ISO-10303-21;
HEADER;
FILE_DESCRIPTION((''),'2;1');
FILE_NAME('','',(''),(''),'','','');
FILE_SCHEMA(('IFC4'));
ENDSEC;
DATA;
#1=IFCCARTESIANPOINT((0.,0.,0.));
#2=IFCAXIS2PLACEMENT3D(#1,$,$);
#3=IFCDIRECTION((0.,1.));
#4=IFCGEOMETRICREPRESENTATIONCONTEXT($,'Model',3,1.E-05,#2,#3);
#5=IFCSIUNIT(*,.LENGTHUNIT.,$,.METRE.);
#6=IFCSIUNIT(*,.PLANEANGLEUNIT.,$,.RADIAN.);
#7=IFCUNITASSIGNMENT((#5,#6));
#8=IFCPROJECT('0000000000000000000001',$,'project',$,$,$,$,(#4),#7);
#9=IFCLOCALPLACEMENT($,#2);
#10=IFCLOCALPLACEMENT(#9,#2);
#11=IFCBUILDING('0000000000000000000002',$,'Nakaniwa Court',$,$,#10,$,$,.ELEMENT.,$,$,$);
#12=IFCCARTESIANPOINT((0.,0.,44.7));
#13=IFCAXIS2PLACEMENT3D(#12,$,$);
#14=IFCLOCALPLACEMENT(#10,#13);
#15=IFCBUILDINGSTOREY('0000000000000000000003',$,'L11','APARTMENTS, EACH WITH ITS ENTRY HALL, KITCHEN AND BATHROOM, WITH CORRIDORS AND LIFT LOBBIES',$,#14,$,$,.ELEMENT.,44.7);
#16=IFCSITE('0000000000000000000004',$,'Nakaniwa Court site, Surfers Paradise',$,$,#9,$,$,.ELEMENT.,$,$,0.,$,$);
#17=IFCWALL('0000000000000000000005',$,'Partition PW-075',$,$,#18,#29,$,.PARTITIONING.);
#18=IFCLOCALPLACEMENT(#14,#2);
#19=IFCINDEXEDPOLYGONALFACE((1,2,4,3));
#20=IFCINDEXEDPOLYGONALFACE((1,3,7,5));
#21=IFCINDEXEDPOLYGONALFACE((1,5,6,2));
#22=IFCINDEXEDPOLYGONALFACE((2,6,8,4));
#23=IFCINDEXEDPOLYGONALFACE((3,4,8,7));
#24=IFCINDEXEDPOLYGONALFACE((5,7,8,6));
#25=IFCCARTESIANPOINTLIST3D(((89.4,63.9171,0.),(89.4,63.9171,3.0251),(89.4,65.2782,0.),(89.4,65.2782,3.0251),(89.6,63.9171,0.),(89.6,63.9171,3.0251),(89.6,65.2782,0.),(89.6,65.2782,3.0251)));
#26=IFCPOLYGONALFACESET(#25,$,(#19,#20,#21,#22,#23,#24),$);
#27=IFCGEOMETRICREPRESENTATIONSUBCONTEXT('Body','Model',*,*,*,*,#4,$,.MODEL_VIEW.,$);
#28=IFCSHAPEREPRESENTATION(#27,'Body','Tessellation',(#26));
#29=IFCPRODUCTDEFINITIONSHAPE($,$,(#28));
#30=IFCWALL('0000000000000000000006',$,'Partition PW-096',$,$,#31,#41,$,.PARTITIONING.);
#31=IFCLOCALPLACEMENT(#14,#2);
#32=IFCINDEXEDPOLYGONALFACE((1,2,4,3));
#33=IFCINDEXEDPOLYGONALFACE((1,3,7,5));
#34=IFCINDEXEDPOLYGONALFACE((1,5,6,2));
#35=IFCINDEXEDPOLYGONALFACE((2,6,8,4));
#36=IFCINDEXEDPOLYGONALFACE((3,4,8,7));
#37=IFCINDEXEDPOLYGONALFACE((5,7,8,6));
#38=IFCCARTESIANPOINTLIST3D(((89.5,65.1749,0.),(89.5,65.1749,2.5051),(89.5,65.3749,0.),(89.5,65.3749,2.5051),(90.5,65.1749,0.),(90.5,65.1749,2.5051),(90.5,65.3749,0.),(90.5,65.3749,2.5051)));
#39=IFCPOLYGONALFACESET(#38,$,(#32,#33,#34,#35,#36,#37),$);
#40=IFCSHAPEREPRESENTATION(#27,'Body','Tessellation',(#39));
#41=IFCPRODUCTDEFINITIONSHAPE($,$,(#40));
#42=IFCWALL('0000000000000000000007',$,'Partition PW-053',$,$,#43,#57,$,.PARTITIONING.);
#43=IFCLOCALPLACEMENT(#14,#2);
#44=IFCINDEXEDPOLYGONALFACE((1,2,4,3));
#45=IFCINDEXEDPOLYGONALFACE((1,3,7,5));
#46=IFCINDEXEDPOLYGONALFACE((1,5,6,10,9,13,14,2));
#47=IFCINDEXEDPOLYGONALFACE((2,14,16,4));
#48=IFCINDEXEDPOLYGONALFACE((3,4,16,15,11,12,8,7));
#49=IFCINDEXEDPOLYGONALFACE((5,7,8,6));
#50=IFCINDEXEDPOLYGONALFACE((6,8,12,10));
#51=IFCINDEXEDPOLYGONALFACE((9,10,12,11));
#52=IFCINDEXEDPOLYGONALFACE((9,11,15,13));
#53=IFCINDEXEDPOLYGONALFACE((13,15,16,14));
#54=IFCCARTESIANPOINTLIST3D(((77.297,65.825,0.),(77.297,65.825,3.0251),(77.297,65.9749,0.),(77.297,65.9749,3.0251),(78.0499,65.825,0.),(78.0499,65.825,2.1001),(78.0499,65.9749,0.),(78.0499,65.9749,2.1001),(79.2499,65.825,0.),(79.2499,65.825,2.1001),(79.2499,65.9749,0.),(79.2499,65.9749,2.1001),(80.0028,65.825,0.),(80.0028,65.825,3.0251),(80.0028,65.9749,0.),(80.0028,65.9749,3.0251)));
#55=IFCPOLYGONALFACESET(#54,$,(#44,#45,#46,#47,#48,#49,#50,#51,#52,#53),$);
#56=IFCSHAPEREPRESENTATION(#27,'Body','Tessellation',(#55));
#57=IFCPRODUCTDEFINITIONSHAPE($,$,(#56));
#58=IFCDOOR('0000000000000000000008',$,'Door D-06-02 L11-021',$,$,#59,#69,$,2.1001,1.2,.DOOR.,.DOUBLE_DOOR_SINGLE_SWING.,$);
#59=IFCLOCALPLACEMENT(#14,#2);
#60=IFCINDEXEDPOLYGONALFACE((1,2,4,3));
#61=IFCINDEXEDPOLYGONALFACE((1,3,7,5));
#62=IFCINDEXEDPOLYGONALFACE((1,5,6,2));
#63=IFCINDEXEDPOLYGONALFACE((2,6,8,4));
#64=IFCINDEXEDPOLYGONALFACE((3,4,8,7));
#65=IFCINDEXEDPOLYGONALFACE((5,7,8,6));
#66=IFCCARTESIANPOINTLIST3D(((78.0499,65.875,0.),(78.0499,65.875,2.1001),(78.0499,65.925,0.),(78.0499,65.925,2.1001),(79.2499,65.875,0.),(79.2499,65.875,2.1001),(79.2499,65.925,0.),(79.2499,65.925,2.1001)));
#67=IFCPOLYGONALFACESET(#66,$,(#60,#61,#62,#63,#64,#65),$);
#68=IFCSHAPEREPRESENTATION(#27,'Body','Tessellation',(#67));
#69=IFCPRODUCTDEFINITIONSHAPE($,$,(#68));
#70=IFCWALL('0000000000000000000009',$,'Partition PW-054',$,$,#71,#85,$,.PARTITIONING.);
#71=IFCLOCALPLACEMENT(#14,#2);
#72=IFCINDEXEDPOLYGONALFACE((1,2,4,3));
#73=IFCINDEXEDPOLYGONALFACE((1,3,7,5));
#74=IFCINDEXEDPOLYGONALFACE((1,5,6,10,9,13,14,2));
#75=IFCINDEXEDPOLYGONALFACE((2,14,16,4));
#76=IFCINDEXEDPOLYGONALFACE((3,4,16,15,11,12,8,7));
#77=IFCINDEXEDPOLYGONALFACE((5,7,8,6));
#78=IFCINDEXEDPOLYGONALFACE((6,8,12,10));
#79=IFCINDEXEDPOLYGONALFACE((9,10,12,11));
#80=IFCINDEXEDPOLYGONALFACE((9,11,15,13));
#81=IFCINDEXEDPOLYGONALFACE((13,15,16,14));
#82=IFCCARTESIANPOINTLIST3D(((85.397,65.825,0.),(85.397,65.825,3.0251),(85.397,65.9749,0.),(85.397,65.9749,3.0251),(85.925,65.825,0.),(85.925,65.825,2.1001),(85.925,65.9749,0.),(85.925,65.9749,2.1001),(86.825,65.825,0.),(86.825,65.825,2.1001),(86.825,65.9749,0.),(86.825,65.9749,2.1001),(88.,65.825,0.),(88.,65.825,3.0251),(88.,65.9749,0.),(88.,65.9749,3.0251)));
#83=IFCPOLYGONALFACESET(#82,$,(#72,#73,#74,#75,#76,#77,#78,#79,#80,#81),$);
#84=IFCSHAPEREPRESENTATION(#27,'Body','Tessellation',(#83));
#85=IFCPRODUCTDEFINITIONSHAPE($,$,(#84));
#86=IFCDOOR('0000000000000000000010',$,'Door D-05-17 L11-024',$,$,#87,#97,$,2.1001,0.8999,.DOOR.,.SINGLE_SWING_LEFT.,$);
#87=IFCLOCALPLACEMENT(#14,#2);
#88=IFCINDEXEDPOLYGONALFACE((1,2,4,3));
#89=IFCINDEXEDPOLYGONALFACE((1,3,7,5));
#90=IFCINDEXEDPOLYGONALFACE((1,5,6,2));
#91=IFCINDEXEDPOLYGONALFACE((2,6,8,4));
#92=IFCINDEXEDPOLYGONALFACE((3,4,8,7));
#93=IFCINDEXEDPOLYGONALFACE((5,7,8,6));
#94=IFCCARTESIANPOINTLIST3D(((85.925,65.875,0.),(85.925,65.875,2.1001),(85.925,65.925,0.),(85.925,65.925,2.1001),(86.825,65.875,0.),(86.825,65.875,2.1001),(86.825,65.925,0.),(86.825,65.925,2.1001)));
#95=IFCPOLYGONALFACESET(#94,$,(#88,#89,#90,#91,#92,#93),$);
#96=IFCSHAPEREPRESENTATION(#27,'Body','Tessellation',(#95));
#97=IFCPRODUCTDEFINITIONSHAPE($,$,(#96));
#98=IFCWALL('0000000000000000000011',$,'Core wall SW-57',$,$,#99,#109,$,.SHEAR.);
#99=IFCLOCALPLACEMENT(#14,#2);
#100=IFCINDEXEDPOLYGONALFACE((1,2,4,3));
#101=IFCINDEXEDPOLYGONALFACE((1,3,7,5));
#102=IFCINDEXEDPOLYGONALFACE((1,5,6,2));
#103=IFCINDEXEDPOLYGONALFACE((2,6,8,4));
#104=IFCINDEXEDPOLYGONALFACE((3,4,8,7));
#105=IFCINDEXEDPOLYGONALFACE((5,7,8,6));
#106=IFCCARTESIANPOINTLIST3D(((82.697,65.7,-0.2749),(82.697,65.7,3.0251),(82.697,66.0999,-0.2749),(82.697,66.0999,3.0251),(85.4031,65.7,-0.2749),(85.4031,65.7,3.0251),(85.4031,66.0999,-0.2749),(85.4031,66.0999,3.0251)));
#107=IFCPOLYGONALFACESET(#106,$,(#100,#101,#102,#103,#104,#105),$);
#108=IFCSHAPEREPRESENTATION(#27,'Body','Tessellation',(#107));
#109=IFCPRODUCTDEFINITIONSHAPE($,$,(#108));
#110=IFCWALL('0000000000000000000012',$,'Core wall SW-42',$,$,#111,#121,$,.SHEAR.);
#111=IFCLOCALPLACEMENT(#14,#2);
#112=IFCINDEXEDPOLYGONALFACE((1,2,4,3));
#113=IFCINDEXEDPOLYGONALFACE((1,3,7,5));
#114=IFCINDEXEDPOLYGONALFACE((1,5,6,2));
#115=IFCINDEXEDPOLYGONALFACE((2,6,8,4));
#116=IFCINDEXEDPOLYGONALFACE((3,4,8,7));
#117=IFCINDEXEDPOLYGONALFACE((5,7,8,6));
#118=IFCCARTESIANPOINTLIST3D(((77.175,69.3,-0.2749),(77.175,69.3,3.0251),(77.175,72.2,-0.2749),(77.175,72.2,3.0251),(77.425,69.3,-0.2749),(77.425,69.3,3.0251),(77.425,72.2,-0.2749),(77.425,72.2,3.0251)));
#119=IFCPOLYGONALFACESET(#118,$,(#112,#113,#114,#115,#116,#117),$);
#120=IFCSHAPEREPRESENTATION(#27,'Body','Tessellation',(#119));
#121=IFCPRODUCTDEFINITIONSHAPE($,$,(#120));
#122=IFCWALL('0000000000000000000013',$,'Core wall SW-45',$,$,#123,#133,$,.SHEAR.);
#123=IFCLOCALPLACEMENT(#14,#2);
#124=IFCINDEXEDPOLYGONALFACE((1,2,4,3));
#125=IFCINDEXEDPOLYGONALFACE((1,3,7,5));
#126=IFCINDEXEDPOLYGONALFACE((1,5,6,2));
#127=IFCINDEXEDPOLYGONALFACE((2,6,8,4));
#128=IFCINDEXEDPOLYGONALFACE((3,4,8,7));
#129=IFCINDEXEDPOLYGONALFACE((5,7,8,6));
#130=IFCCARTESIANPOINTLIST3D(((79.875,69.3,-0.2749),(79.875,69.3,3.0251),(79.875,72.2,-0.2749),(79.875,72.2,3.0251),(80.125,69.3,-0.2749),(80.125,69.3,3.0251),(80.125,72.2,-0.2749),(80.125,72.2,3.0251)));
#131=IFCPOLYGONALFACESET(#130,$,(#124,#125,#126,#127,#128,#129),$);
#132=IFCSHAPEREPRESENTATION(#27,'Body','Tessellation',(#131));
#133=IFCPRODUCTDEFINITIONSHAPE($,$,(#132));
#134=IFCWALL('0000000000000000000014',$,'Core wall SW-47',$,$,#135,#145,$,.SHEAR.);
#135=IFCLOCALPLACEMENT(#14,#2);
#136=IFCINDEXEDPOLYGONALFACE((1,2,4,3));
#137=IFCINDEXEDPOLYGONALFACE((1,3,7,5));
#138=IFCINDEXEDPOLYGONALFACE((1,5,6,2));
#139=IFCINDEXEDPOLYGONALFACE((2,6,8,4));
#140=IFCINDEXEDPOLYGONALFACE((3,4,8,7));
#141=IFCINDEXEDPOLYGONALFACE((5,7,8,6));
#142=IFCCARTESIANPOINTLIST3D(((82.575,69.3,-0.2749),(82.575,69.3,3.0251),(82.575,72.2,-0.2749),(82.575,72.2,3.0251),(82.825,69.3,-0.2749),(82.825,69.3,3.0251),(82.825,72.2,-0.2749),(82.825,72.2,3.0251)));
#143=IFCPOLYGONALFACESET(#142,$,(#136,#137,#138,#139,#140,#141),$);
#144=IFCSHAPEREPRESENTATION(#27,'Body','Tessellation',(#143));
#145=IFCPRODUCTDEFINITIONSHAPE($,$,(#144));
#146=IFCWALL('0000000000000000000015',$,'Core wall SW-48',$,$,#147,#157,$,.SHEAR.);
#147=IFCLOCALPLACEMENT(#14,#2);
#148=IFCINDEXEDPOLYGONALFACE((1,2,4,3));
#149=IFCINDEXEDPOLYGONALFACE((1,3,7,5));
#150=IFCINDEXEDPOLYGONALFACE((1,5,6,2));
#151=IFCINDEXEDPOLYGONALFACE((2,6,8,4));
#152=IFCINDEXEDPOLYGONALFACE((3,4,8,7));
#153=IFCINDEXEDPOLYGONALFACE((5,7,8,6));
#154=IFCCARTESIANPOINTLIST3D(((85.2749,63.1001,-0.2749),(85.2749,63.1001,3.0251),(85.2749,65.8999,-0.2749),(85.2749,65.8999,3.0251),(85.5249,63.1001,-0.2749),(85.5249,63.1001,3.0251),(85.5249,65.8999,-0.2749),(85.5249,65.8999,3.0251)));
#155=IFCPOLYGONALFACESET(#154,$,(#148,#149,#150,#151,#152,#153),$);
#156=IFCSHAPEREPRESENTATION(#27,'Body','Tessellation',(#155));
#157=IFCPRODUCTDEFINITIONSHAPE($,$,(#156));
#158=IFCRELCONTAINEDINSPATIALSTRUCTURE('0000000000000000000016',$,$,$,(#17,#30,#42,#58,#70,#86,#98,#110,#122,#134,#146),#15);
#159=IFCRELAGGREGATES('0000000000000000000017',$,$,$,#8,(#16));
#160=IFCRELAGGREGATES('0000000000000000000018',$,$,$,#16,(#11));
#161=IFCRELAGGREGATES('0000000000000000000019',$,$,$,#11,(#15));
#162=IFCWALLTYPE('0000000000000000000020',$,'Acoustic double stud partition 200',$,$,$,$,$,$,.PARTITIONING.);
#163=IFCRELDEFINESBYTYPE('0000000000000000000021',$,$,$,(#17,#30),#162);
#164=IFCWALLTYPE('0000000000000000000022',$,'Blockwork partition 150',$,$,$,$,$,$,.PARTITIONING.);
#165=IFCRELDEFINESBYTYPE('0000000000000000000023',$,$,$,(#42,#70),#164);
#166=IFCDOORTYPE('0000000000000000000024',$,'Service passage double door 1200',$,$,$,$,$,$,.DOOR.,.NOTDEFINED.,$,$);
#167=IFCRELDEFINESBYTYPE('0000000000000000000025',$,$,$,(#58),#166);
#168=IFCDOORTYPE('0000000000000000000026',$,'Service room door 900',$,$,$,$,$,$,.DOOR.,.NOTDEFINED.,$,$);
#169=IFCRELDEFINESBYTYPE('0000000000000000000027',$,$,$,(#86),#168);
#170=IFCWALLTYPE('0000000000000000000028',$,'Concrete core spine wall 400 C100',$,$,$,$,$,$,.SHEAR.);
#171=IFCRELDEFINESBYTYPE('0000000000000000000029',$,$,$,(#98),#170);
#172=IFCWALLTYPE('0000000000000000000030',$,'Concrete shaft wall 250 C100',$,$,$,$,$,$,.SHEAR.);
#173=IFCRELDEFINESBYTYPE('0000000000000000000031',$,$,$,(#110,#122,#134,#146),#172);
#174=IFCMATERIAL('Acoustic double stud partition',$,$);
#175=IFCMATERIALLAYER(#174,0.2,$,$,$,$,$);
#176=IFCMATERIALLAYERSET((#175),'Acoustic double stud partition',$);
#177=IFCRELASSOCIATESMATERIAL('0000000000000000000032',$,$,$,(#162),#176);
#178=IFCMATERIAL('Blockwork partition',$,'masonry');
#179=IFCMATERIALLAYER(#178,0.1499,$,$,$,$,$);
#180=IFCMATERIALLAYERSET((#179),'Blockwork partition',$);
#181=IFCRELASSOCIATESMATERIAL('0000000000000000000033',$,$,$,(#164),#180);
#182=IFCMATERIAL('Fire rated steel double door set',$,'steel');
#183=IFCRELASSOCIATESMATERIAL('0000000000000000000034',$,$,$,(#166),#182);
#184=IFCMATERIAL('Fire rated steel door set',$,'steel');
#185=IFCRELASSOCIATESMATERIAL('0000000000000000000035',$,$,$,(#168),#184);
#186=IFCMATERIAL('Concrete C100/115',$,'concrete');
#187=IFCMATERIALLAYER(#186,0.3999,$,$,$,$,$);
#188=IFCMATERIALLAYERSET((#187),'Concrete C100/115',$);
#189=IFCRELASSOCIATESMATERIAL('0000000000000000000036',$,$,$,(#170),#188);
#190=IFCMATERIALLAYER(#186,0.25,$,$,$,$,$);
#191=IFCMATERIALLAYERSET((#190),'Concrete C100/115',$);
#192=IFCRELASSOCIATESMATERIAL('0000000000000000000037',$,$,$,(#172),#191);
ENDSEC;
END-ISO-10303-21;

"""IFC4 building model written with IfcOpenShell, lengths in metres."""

from ifc_helpers import new_model, si_unit, direction, frame, frame_2d, origin, place, context, subcontext, project, spatial, rectangle, extrude, material, layer, layer_set, type_object, element, fill, save


model = new_model("IFC4")

# Units and contexts
model_context = context("Model", 3, precision=1e-05, world=origin(), true_north=direction((0.0, 1.0)))
body_context = subcontext(model_context, "Body", "Model", "MODEL_VIEW")
ifc_project = project(units=[si_unit("LENGTHUNIT", "METRE"), si_unit("PLANEANGLEUNIT", "RADIAN")], contexts=[model_context])

# Site, building, storey
site_placement = place(None, origin())
site = spatial("IfcSite", under=ifc_project, at=site_placement, Name="Nakaniwa Court site, Surfers Paradise", CompositionType="ELEMENT", RefElevation=0.0)
building_placement = place(site_placement, origin())
building = spatial("IfcBuilding", under=site, at=building_placement, Name="Nakaniwa Court", CompositionType="ELEMENT")
storey_placement = place(building_placement, frame((0.0, 0.0, 44.7)))
storey = spatial("IfcBuildingStorey", under=building, at=storey_placement, Name="L11", Description="APARTMENTS, EACH WITH ITS ENTRY HALL, KITCHEN AND BATHROOM, WITH CORRIDORS AND LIFT LOBBIES", CompositionType="ELEMENT", Elevation=44.7)

# Walls
ifc_material_1 = material(Name="Acoustic double stud partition")
ifc_layer_1 = layer(ifc_material_1, 0.2)
ifc_layer_set_1 = layer_set([ifc_layer_1], Name="Acoustic double stud partition")
wall_type_1 = type_object("IfcWallType", Name="Acoustic double stud partition 200", PredefinedType="PARTITIONING", material=ifc_layer_set_1)
wall_1_placement = place(storey_placement, frame((89.5, 63.917, 0.0), z_axis=(0.0, 0.0, 1.0), x_axis=(0.0, 1.0, 0.0)))
element("IfcWall", 1, at=wall_1_placement, inside=storey, type_object=wall_type_1, Name="Partition PW-075", PredefinedType="PARTITIONING", context=body_context, shape_type="SweptSolid", body=[
    extrude(rectangle(XDim=1.3611, YDim=0.2, at=frame_2d((0.6807, 0.0))), origin(), (0.0, 0.0, 1.0), 3.0251),
])
wall_2_placement = place(storey_placement, frame((89.5, 65.2749, 0.0), z_axis=(0.0, 0.0, 1.0), x_axis=(1.0, 0.0, 0.0)))
element("IfcWall", 2, at=wall_2_placement, inside=storey, type_object=wall_type_1, Name="Partition PW-096", PredefinedType="PARTITIONING", context=body_context, shape_type="SweptSolid", body=[
    extrude(rectangle(XDim=1.0, YDim=0.2, at=frame_2d((0.5, 0.0))), origin(), (0.0, 0.0, 1.0), 2.5051),
])

# Walls, openings, doors
ifc_material_2 = material(Name="Blockwork partition", Category="masonry")
ifc_layer_2 = layer(ifc_material_2, 0.1499)
ifc_layer_set_2 = layer_set([ifc_layer_2], Name="Blockwork partition")
wall_type_2 = type_object("IfcWallType", Name="Blockwork partition 150", PredefinedType="PARTITIONING", material=ifc_layer_set_2)
wall_3_placement = place(storey_placement, frame((80.0029, 65.8999, 0.0), z_axis=(0.0, 0.0, 1.0), x_axis=(-1.0, 0.0, 0.0)))
wall_3 = element("IfcWall", 3, at=wall_3_placement, inside=storey, type_object=wall_type_2, Name="Partition PW-053", PredefinedType="PARTITIONING", context=body_context, shape_type="SweptSolid", body=[
    extrude(rectangle(XDim=2.7058, YDim=0.1499, at=frame_2d((1.353, 0.0))), origin(), (0.0, 0.0, 1.0), 3.0251),
])
opening_1_placement = place(wall_3_placement, frame((0.7529, 0.0, 0.0)))
opening_1 = element("IfcOpeningElement", 4, at=opening_1_placement, cuts=wall_3, PredefinedType="OPENING", context=body_context, shape_type="SweptSolid", body=[
    extrude(rectangle(XDim=1.2, YDim=2.1001, at=frame_2d((0.6001, 1.05))), frame((0.0, 0.085, 0.0), z_axis=(0.0, -1.0, 0.0), x_axis=(1.0, 0.0, 0.0)), (0.0, 0.0, 1.0), 0.1699),
])
ifc_material_3 = material(Name="Fire rated steel double door set", Category="steel")
door_type_1 = type_object("IfcDoorType", Name="Service passage double door 1200", OperationType="NOTDEFINED", PredefinedType="DOOR", material=ifc_material_3)
door_1_placement = place(opening_1_placement, origin())
door_1 = element("IfcDoor", 5, at=door_1_placement, inside=storey, type_object=door_type_1, Name="Door D-06-02 L11-021", OperationType="DOUBLE_DOOR_SINGLE_SWING", OverallHeight=2.1001, OverallWidth=1.2, PredefinedType="DOOR", context=body_context, shape_type="SweptSolid", body=[
    extrude(rectangle(XDim=1.2, YDim=2.1001, at=frame_2d((0.6001, 1.05))), frame((0.0, 0.0249, 0.0), z_axis=(0.0, -1.0, 0.0), x_axis=(1.0, 0.0, 0.0)), (0.0, 0.0, 1.0), 0.05),
])
fill(opening_1, door_1)
wall_4_placement = place(storey_placement, frame((88.0, 65.8999, 0.0), z_axis=(0.0, 0.0, 1.0), x_axis=(-1.0, 0.0, 0.0)))
wall_4 = element("IfcWall", 6, at=wall_4_placement, inside=storey, type_object=wall_type_2, Name="Partition PW-054", PredefinedType="PARTITIONING", context=body_context, shape_type="SweptSolid", body=[
    extrude(rectangle(XDim=2.603, YDim=0.1499, at=frame_2d((1.3015, 0.0))), origin(), (0.0, 0.0, 1.0), 3.0251),
])
opening_2_placement = place(wall_4_placement, frame((1.175, 0.0, 0.0)))
opening_2 = element("IfcOpeningElement", 7, at=opening_2_placement, cuts=wall_4, PredefinedType="OPENING", context=body_context, shape_type="SweptSolid", body=[
    extrude(rectangle(XDim=0.8999, YDim=2.1001, at=frame_2d((0.45, 1.05))), frame((0.0, 0.085, 0.0), z_axis=(0.0, -1.0, 0.0), x_axis=(1.0, 0.0, 0.0)), (0.0, 0.0, 1.0), 0.1699),
])
ifc_material_4 = material(Name="Fire rated steel door set", Category="steel")
door_type_2 = type_object("IfcDoorType", Name="Service room door 900", OperationType="NOTDEFINED", PredefinedType="DOOR", material=ifc_material_4)
door_2_placement = place(opening_2_placement, origin())
door_2 = element("IfcDoor", 8, at=door_2_placement, inside=storey, type_object=door_type_2, Name="Door D-05-17 L11-024", OperationType="SINGLE_SWING_LEFT", OverallHeight=2.1001, OverallWidth=0.8999, PredefinedType="DOOR", context=body_context, shape_type="SweptSolid", body=[
    extrude(rectangle(XDim=0.8999, YDim=2.1001, at=frame_2d((0.45, 1.05))), frame((0.0, 0.0249, 0.0), z_axis=(0.0, -1.0, 0.0), x_axis=(1.0, 0.0, 0.0)), (0.0, 0.0, 1.0), 0.05),
])
fill(opening_2, door_2)

# Walls
ifc_material_5 = material(Name="Concrete C100/115", Category="concrete")
ifc_layer_3 = layer(ifc_material_5, 0.3999)
ifc_layer_set_3 = layer_set([ifc_layer_3], Name="Concrete C100/115")
wall_type_3 = type_object("IfcWallType", Name="Concrete core spine wall 400 C100", PredefinedType="SHEAR", material=ifc_layer_set_3)
wall_5_placement = place(storey_placement, frame((82.697, 65.8999, -0.2749), z_axis=(0.0, 0.0, 1.0), x_axis=(1.0, 0.0, 0.0)))
element("IfcWall", 9, at=wall_5_placement, inside=storey, type_object=wall_type_3, Name="Core wall SW-57", PredefinedType="SHEAR", context=body_context, shape_type="SweptSolid", body=[
    extrude(rectangle(XDim=2.7061, YDim=0.3999, at=frame_2d((1.353, 0.0))), origin(), (0.0, 0.0, 1.0), 3.3),
])
ifc_layer_4 = layer(ifc_material_5, 0.25)
ifc_layer_set_4 = layer_set([ifc_layer_4], Name="Concrete C100/115")
wall_type_4 = type_object("IfcWallType", Name="Concrete shaft wall 250 C100", PredefinedType="SHEAR", material=ifc_layer_set_4)
for number, where, z_axis, x_axis, name in (
    (10, (77.3, 69.3, -0.2749), (0.0, 0.0, 1.0), (0.0, 1.0, 0.0), "Core wall SW-42"),
    (11, (80.0, 69.3, -0.2749), (0.0, 0.0, 1.0), (0.0, 1.0, 0.0), "Core wall SW-45"),
    (12, (82.7, 69.3, -0.2749), (0.0, 0.0, 1.0), (0.0, 1.0, 0.0), "Core wall SW-47"),
):
    element("IfcWall", number, at=place(storey_placement, frame(where, z_axis=z_axis, x_axis=x_axis)), inside=storey, type_object=wall_type_4, Name=name, PredefinedType="SHEAR", context=body_context, shape_type="SweptSolid", body=[
        extrude(rectangle(XDim=2.8999, YDim=0.25, at=frame_2d((1.45, 0.0))), origin(), (0.0, 0.0, 1.0), 3.3),
    ])
wall_6_placement = place(storey_placement, frame((85.3999, 63.1001, -0.2749), z_axis=(0.0, 0.0, 1.0), x_axis=(0.0, 1.0, 0.0)))
element("IfcWall", 13, at=wall_6_placement, inside=storey, type_object=wall_type_4, Name="Core wall SW-48", PredefinedType="SHEAR", context=body_context, shape_type="SweptSolid", body=[
    extrude(rectangle(XDim=2.7998, YDim=0.25, at=frame_2d((1.3999, 0.0))), origin(), (0.0, 0.0, 1.0), 3.3),
])

save(model, "model.ifc")
